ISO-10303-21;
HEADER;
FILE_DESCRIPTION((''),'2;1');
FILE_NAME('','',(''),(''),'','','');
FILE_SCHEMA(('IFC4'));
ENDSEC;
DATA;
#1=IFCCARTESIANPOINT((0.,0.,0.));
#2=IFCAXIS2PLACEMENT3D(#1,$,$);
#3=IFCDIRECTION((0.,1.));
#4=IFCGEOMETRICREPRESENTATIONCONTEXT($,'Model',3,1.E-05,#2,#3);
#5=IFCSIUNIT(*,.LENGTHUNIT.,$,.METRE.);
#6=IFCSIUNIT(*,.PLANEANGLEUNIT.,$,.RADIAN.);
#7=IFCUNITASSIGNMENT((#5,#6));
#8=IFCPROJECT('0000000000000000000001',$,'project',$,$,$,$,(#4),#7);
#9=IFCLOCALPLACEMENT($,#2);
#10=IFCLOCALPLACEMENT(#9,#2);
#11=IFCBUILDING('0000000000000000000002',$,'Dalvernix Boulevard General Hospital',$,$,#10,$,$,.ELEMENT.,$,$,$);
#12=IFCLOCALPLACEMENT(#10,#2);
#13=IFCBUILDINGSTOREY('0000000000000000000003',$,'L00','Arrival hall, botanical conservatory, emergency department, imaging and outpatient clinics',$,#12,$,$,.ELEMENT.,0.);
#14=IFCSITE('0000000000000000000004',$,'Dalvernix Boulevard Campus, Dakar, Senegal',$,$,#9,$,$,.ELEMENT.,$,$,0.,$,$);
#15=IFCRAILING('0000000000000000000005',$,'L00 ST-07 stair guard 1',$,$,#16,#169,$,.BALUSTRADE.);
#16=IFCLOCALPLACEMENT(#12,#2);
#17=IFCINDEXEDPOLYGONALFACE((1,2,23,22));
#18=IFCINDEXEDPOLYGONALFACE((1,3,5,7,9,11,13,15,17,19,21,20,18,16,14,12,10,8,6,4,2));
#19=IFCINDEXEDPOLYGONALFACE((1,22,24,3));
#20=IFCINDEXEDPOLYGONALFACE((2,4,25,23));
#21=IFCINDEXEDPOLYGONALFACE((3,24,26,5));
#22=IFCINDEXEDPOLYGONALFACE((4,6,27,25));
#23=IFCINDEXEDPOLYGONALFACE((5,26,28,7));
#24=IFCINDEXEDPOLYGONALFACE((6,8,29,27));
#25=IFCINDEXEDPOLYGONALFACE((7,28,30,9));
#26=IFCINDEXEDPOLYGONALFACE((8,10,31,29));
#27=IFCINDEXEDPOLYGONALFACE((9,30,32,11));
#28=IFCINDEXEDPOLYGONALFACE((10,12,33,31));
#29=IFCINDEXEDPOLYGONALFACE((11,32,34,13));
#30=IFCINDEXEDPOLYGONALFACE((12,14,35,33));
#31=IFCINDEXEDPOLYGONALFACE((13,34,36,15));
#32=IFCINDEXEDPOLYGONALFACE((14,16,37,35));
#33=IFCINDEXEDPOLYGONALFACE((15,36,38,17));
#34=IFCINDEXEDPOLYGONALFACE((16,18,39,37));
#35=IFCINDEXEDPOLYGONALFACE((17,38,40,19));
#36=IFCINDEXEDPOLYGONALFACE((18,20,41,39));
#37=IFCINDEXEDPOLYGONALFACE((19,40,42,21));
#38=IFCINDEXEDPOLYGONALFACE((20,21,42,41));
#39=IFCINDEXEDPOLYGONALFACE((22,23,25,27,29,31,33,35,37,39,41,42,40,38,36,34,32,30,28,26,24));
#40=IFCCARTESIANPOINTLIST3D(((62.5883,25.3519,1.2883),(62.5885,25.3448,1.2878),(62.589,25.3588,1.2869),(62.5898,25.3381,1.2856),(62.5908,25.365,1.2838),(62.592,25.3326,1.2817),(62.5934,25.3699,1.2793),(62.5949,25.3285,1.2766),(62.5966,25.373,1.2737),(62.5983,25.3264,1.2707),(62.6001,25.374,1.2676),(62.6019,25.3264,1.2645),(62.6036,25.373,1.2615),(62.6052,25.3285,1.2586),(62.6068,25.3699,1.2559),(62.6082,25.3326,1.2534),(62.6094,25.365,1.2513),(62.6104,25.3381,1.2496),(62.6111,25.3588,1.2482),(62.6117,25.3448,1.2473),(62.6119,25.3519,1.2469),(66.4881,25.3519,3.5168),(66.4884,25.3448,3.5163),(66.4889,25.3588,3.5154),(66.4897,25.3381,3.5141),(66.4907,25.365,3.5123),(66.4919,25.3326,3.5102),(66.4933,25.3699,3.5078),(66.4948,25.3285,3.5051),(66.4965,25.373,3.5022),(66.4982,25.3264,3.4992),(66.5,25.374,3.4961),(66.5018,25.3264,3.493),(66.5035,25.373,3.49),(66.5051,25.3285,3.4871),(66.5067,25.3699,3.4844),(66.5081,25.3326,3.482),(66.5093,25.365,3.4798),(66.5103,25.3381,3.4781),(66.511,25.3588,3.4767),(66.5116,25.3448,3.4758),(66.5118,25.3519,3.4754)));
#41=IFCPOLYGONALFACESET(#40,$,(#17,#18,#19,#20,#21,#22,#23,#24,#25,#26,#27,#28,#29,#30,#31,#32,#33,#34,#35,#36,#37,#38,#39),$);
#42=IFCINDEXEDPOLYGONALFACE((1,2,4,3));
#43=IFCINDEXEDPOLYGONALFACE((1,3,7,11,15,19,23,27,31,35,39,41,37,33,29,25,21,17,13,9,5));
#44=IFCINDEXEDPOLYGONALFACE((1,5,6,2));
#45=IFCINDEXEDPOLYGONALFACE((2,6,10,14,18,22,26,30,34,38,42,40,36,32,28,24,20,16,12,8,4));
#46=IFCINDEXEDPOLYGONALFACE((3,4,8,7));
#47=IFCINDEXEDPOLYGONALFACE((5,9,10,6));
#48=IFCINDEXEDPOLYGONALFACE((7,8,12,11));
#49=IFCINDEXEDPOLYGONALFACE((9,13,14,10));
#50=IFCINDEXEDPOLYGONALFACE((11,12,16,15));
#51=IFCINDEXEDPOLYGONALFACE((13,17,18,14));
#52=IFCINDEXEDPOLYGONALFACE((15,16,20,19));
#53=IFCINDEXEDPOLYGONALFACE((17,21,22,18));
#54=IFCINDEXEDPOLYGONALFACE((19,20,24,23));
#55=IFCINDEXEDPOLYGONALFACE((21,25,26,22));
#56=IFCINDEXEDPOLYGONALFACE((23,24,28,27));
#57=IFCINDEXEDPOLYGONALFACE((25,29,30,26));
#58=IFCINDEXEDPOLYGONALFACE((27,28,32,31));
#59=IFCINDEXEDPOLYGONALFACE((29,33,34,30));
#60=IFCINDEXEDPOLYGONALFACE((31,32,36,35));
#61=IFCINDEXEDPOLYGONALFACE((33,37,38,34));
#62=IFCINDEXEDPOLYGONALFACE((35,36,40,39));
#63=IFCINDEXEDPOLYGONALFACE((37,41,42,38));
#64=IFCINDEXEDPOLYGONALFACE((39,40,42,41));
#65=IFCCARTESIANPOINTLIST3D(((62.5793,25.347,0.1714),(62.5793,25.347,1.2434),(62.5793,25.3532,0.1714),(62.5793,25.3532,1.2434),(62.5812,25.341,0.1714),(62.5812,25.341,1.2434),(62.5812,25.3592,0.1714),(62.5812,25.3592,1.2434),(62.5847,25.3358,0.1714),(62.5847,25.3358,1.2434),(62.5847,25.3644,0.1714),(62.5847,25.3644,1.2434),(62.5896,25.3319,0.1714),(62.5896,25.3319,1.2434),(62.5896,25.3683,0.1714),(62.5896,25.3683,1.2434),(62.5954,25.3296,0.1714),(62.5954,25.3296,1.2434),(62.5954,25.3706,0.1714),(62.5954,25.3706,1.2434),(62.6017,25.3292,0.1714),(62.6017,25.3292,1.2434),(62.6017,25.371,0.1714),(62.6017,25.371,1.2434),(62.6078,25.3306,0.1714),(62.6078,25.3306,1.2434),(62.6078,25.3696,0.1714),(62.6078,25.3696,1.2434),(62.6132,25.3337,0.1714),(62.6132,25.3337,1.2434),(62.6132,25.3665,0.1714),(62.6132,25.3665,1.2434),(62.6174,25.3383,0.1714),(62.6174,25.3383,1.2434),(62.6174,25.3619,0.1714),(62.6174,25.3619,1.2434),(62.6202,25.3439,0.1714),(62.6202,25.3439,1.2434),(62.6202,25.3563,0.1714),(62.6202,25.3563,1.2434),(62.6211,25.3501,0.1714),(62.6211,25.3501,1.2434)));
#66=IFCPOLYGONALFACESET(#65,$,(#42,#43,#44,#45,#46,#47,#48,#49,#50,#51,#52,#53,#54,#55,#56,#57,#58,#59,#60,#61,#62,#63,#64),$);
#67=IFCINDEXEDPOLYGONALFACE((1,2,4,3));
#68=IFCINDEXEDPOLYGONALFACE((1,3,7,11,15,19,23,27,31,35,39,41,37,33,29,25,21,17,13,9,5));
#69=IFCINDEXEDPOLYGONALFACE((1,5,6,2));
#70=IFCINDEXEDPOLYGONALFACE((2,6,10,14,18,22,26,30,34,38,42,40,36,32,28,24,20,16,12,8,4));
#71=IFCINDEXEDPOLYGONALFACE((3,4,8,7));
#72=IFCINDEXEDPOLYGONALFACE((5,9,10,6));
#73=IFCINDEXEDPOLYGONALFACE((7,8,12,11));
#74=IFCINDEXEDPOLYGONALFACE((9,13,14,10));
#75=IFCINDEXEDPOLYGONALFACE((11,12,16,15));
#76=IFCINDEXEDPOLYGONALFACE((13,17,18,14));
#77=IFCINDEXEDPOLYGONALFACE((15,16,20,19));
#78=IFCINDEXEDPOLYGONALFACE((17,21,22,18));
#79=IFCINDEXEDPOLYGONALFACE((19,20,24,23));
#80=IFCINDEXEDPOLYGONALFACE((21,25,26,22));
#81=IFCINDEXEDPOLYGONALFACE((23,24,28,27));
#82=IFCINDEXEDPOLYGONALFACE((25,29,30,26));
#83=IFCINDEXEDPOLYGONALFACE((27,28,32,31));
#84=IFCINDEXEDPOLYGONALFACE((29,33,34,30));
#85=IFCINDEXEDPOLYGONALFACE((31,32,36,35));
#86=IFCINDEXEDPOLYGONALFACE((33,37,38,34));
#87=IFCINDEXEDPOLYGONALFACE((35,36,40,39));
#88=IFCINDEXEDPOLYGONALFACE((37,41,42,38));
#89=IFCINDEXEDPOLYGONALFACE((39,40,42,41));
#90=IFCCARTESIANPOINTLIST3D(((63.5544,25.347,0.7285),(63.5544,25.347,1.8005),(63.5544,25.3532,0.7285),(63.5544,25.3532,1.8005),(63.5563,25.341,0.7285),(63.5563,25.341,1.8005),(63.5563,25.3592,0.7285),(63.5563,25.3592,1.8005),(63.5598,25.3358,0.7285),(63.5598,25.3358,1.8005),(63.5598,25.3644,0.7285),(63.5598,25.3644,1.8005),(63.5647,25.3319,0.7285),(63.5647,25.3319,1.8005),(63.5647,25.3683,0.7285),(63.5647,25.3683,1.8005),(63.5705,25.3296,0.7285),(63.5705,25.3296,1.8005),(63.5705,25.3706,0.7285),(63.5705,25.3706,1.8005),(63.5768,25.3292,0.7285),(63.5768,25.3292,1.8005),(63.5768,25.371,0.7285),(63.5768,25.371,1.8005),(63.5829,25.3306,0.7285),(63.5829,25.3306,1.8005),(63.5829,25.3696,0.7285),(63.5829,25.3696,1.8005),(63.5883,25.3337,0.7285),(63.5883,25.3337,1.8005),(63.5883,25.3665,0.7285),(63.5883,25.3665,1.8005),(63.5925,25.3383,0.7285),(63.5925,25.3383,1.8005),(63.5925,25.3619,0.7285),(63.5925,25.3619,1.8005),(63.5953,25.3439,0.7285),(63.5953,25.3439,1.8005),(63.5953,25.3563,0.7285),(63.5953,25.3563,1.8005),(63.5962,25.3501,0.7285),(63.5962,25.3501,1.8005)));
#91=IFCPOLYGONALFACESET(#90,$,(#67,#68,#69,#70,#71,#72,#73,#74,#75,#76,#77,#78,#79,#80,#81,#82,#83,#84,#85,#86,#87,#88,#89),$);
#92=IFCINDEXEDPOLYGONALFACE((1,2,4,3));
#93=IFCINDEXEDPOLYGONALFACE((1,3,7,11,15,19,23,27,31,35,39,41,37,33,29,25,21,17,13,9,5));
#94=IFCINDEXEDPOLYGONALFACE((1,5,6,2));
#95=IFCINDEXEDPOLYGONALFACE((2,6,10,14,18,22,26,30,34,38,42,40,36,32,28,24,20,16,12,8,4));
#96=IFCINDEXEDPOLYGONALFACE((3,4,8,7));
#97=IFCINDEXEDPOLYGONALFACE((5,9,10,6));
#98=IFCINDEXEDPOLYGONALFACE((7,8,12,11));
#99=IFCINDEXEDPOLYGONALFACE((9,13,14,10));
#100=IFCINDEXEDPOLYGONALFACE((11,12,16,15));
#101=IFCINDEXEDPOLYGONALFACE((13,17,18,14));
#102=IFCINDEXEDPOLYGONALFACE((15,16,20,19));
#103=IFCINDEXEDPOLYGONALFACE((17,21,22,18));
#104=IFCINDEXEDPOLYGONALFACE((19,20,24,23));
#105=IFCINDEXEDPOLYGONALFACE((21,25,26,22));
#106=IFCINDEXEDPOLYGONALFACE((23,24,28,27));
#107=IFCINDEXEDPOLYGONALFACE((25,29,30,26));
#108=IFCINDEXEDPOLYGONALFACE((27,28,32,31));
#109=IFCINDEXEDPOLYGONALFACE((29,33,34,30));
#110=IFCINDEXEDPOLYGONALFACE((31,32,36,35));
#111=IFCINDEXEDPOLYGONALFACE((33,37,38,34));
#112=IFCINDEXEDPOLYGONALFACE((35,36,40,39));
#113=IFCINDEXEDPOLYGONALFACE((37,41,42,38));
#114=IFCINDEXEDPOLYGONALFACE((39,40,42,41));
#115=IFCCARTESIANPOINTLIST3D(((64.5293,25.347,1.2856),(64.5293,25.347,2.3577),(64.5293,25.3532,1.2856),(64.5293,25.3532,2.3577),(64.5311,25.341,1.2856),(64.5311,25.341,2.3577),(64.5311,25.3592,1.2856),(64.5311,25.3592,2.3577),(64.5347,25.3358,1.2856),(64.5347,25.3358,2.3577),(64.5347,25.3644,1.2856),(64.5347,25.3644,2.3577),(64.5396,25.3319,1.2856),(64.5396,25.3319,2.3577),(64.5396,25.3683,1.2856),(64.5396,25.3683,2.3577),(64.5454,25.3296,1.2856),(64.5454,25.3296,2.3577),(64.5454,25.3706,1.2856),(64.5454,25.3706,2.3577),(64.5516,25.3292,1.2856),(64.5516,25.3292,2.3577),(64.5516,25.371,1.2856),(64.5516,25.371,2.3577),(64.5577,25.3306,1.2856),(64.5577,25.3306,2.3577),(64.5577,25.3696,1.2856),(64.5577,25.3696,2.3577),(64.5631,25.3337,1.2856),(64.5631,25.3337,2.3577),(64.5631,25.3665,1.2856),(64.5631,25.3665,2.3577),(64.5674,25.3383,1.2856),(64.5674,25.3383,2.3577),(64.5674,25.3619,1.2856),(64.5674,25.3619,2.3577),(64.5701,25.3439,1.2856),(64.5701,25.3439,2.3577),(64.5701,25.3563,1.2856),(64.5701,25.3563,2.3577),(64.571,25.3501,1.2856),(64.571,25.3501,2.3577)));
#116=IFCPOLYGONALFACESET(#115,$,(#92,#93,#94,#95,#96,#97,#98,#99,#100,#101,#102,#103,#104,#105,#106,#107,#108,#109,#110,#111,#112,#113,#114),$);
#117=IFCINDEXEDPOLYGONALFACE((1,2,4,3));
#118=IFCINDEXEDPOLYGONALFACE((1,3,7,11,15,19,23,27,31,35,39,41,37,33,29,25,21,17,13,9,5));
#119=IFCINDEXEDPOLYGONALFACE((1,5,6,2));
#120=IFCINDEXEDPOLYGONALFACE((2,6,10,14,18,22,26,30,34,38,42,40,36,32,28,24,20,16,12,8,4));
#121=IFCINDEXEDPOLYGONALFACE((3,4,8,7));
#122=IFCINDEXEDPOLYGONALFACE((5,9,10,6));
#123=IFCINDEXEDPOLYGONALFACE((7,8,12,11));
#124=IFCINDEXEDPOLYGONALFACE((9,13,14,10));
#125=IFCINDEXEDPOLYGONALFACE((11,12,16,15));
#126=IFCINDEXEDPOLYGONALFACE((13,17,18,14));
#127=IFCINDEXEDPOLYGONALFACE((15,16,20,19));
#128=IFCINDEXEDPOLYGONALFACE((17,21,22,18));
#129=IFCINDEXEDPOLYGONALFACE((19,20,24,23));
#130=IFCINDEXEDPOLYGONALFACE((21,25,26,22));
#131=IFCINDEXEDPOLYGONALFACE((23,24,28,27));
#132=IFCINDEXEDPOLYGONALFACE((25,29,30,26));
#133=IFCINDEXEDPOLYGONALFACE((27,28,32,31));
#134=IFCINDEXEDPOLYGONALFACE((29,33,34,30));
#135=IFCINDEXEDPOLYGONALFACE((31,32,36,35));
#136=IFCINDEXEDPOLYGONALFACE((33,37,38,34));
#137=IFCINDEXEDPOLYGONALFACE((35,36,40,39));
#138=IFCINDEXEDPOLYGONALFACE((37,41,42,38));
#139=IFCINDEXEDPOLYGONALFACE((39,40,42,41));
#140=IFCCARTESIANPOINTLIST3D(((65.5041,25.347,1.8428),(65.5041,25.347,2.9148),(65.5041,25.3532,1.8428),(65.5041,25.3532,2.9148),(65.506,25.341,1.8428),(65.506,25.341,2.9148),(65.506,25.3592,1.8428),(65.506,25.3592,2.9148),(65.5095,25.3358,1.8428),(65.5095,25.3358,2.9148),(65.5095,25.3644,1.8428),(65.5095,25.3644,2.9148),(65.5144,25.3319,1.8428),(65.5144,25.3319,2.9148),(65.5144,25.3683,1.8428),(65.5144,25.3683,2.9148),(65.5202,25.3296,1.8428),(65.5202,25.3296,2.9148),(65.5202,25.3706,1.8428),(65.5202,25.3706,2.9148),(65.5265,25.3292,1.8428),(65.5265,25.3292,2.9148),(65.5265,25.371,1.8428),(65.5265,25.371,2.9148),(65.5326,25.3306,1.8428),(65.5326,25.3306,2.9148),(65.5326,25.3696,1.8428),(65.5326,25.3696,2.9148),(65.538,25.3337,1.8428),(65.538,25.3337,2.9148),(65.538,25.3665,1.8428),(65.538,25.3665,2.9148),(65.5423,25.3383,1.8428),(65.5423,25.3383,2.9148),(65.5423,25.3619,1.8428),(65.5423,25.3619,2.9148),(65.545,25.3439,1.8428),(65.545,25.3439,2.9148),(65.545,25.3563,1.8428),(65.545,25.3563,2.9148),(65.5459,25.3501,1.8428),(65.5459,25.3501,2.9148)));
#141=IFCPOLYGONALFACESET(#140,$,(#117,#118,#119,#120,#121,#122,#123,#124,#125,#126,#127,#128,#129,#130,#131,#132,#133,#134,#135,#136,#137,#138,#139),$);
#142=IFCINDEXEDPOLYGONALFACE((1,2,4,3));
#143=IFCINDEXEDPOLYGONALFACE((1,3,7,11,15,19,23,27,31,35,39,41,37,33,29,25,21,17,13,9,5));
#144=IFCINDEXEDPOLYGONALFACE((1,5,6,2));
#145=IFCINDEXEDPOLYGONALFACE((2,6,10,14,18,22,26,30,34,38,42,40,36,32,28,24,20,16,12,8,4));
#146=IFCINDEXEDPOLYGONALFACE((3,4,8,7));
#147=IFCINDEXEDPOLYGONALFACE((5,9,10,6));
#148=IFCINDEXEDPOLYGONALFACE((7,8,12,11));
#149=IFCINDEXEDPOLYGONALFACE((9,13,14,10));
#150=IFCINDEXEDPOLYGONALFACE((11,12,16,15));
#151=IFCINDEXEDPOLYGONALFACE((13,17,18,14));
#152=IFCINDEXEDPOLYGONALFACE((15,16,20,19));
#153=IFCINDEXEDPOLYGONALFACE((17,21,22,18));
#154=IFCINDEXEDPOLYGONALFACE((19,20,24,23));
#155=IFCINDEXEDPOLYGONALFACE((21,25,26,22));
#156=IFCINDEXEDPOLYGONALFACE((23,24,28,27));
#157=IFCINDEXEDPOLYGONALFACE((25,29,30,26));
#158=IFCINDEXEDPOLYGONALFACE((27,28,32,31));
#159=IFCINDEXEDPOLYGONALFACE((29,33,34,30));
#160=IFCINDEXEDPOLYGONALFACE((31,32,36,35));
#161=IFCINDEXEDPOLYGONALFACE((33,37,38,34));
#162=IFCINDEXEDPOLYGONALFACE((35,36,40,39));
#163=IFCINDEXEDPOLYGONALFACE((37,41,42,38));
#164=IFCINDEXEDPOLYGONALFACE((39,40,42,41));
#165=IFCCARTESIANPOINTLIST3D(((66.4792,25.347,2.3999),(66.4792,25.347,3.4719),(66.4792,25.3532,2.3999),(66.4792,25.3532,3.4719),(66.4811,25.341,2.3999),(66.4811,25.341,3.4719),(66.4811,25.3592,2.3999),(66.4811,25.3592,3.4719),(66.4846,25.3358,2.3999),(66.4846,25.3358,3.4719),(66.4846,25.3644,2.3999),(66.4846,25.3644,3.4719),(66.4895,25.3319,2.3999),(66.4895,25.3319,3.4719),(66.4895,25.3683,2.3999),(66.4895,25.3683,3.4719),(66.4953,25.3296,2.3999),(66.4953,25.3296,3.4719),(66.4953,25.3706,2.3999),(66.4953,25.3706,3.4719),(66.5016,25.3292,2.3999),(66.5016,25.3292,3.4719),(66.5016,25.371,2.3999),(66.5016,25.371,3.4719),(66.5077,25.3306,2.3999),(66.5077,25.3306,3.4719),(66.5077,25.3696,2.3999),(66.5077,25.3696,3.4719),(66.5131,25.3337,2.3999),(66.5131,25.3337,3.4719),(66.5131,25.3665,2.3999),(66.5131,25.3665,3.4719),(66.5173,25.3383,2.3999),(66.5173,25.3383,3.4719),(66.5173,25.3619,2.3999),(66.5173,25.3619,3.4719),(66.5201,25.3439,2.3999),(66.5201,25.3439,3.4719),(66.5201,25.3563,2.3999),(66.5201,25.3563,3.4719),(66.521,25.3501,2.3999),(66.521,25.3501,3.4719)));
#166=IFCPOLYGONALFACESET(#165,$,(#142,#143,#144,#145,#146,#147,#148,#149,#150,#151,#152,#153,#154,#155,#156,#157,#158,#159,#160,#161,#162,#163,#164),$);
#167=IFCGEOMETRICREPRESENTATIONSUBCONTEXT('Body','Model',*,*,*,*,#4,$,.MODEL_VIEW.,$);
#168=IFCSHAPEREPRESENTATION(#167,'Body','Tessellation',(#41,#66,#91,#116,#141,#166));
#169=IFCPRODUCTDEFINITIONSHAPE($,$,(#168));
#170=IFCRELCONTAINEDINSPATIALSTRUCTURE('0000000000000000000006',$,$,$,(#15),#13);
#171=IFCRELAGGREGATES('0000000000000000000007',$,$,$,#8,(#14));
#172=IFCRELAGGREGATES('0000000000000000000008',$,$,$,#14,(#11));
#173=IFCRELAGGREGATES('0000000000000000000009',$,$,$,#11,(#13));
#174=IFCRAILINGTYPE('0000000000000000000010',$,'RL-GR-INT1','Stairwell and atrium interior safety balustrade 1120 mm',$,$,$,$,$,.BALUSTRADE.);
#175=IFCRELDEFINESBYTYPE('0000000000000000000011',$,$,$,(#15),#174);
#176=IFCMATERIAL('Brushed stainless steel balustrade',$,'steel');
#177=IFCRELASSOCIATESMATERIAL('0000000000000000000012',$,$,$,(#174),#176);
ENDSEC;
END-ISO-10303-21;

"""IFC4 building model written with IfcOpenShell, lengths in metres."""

from ifc_helpers import new_model, si_unit, direction, frame, origin, origin_2d, place, context, subcontext, project, spatial, circle, extrude, material, type_object, element, save


model = new_model("IFC4")

# Units and contexts
model_context = context("Model", 3, precision=1e-05, world=origin(), true_north=direction((0.0, 1.0)))
body_context = subcontext(model_context, "Body", "Model", "MODEL_VIEW")
ifc_project = project(units=[si_unit("LENGTHUNIT", "METRE"), si_unit("PLANEANGLEUNIT", "RADIAN")], contexts=[model_context])

# Site, building, storey
site_placement = place(None, origin())
site = spatial("IfcSite", under=ifc_project, at=site_placement, Name="Dalvernix Boulevard Campus, Dakar, Senegal", CompositionType="ELEMENT", RefElevation=0.0)
building_placement = place(site_placement, origin())
building = spatial("IfcBuilding", under=site, at=building_placement, Name="Dalvernix Boulevard General Hospital", CompositionType="ELEMENT")
storey_placement = place(building_placement, origin())
storey = spatial("IfcBuildingStorey", under=building, at=storey_placement, Name="L00", Description="Arrival hall, botanical conservatory, emergency department, imaging and outpatient clinics", CompositionType="ELEMENT", Elevation=0.0)

# Railing
ifc_material_1 = material(Name="Brushed stainless steel balustrade", Category="steel")
railing_type_1 = type_object("IfcRailingType", Name="RL-GR-INT1", Description="Stairwell and atrium interior safety balustrade 1120 mm", PredefinedType="BALUSTRADE", material=ifc_material_1)
railing_1_placement = place(storey_placement, frame((62.6001, 25.3501, 0.1714)))
element("IfcRailing", 1, at=railing_1_placement, inside=storey, type_object=railing_type_1, Name="L00 ST-07 stair guard 1", PredefinedType="BALUSTRADE", context=body_context, shape_type="SweptSolid", body=[
    extrude(circle(Radius=0.0239, at=origin_2d()), frame((0.0, 0.0, 1.0962), z_axis=(0.868243, 0.0, 0.496139), x_axis=(0.0, 1.0, 0.0)), (0.0, 0.0, 1.0), 4.4917),
    extrude(circle(Radius=0.021, at=origin_2d()), origin(), (0.0, 0.0, 1.0), 1.072),
    extrude(circle(Radius=0.021, at=origin_2d()), frame((0.9751, 0.0, 0.5571)), (0.0, 0.0, 1.0), 1.072),
    extrude(circle(Radius=0.021, at=origin_2d()), frame((1.95, 0.0, 1.1143)), (0.0, 0.0, 1.0), 1.072),
    extrude(circle(Radius=0.021, at=origin_2d()), frame((2.9248, 0.0, 1.6714)), (0.0, 0.0, 1.0), 1.072),
    extrude(circle(Radius=0.021, at=origin_2d()), frame((3.8999, 0.0, 2.2285)), (0.0, 0.0, 1.0), 1.072),
])

save(model, "model.ifc")
